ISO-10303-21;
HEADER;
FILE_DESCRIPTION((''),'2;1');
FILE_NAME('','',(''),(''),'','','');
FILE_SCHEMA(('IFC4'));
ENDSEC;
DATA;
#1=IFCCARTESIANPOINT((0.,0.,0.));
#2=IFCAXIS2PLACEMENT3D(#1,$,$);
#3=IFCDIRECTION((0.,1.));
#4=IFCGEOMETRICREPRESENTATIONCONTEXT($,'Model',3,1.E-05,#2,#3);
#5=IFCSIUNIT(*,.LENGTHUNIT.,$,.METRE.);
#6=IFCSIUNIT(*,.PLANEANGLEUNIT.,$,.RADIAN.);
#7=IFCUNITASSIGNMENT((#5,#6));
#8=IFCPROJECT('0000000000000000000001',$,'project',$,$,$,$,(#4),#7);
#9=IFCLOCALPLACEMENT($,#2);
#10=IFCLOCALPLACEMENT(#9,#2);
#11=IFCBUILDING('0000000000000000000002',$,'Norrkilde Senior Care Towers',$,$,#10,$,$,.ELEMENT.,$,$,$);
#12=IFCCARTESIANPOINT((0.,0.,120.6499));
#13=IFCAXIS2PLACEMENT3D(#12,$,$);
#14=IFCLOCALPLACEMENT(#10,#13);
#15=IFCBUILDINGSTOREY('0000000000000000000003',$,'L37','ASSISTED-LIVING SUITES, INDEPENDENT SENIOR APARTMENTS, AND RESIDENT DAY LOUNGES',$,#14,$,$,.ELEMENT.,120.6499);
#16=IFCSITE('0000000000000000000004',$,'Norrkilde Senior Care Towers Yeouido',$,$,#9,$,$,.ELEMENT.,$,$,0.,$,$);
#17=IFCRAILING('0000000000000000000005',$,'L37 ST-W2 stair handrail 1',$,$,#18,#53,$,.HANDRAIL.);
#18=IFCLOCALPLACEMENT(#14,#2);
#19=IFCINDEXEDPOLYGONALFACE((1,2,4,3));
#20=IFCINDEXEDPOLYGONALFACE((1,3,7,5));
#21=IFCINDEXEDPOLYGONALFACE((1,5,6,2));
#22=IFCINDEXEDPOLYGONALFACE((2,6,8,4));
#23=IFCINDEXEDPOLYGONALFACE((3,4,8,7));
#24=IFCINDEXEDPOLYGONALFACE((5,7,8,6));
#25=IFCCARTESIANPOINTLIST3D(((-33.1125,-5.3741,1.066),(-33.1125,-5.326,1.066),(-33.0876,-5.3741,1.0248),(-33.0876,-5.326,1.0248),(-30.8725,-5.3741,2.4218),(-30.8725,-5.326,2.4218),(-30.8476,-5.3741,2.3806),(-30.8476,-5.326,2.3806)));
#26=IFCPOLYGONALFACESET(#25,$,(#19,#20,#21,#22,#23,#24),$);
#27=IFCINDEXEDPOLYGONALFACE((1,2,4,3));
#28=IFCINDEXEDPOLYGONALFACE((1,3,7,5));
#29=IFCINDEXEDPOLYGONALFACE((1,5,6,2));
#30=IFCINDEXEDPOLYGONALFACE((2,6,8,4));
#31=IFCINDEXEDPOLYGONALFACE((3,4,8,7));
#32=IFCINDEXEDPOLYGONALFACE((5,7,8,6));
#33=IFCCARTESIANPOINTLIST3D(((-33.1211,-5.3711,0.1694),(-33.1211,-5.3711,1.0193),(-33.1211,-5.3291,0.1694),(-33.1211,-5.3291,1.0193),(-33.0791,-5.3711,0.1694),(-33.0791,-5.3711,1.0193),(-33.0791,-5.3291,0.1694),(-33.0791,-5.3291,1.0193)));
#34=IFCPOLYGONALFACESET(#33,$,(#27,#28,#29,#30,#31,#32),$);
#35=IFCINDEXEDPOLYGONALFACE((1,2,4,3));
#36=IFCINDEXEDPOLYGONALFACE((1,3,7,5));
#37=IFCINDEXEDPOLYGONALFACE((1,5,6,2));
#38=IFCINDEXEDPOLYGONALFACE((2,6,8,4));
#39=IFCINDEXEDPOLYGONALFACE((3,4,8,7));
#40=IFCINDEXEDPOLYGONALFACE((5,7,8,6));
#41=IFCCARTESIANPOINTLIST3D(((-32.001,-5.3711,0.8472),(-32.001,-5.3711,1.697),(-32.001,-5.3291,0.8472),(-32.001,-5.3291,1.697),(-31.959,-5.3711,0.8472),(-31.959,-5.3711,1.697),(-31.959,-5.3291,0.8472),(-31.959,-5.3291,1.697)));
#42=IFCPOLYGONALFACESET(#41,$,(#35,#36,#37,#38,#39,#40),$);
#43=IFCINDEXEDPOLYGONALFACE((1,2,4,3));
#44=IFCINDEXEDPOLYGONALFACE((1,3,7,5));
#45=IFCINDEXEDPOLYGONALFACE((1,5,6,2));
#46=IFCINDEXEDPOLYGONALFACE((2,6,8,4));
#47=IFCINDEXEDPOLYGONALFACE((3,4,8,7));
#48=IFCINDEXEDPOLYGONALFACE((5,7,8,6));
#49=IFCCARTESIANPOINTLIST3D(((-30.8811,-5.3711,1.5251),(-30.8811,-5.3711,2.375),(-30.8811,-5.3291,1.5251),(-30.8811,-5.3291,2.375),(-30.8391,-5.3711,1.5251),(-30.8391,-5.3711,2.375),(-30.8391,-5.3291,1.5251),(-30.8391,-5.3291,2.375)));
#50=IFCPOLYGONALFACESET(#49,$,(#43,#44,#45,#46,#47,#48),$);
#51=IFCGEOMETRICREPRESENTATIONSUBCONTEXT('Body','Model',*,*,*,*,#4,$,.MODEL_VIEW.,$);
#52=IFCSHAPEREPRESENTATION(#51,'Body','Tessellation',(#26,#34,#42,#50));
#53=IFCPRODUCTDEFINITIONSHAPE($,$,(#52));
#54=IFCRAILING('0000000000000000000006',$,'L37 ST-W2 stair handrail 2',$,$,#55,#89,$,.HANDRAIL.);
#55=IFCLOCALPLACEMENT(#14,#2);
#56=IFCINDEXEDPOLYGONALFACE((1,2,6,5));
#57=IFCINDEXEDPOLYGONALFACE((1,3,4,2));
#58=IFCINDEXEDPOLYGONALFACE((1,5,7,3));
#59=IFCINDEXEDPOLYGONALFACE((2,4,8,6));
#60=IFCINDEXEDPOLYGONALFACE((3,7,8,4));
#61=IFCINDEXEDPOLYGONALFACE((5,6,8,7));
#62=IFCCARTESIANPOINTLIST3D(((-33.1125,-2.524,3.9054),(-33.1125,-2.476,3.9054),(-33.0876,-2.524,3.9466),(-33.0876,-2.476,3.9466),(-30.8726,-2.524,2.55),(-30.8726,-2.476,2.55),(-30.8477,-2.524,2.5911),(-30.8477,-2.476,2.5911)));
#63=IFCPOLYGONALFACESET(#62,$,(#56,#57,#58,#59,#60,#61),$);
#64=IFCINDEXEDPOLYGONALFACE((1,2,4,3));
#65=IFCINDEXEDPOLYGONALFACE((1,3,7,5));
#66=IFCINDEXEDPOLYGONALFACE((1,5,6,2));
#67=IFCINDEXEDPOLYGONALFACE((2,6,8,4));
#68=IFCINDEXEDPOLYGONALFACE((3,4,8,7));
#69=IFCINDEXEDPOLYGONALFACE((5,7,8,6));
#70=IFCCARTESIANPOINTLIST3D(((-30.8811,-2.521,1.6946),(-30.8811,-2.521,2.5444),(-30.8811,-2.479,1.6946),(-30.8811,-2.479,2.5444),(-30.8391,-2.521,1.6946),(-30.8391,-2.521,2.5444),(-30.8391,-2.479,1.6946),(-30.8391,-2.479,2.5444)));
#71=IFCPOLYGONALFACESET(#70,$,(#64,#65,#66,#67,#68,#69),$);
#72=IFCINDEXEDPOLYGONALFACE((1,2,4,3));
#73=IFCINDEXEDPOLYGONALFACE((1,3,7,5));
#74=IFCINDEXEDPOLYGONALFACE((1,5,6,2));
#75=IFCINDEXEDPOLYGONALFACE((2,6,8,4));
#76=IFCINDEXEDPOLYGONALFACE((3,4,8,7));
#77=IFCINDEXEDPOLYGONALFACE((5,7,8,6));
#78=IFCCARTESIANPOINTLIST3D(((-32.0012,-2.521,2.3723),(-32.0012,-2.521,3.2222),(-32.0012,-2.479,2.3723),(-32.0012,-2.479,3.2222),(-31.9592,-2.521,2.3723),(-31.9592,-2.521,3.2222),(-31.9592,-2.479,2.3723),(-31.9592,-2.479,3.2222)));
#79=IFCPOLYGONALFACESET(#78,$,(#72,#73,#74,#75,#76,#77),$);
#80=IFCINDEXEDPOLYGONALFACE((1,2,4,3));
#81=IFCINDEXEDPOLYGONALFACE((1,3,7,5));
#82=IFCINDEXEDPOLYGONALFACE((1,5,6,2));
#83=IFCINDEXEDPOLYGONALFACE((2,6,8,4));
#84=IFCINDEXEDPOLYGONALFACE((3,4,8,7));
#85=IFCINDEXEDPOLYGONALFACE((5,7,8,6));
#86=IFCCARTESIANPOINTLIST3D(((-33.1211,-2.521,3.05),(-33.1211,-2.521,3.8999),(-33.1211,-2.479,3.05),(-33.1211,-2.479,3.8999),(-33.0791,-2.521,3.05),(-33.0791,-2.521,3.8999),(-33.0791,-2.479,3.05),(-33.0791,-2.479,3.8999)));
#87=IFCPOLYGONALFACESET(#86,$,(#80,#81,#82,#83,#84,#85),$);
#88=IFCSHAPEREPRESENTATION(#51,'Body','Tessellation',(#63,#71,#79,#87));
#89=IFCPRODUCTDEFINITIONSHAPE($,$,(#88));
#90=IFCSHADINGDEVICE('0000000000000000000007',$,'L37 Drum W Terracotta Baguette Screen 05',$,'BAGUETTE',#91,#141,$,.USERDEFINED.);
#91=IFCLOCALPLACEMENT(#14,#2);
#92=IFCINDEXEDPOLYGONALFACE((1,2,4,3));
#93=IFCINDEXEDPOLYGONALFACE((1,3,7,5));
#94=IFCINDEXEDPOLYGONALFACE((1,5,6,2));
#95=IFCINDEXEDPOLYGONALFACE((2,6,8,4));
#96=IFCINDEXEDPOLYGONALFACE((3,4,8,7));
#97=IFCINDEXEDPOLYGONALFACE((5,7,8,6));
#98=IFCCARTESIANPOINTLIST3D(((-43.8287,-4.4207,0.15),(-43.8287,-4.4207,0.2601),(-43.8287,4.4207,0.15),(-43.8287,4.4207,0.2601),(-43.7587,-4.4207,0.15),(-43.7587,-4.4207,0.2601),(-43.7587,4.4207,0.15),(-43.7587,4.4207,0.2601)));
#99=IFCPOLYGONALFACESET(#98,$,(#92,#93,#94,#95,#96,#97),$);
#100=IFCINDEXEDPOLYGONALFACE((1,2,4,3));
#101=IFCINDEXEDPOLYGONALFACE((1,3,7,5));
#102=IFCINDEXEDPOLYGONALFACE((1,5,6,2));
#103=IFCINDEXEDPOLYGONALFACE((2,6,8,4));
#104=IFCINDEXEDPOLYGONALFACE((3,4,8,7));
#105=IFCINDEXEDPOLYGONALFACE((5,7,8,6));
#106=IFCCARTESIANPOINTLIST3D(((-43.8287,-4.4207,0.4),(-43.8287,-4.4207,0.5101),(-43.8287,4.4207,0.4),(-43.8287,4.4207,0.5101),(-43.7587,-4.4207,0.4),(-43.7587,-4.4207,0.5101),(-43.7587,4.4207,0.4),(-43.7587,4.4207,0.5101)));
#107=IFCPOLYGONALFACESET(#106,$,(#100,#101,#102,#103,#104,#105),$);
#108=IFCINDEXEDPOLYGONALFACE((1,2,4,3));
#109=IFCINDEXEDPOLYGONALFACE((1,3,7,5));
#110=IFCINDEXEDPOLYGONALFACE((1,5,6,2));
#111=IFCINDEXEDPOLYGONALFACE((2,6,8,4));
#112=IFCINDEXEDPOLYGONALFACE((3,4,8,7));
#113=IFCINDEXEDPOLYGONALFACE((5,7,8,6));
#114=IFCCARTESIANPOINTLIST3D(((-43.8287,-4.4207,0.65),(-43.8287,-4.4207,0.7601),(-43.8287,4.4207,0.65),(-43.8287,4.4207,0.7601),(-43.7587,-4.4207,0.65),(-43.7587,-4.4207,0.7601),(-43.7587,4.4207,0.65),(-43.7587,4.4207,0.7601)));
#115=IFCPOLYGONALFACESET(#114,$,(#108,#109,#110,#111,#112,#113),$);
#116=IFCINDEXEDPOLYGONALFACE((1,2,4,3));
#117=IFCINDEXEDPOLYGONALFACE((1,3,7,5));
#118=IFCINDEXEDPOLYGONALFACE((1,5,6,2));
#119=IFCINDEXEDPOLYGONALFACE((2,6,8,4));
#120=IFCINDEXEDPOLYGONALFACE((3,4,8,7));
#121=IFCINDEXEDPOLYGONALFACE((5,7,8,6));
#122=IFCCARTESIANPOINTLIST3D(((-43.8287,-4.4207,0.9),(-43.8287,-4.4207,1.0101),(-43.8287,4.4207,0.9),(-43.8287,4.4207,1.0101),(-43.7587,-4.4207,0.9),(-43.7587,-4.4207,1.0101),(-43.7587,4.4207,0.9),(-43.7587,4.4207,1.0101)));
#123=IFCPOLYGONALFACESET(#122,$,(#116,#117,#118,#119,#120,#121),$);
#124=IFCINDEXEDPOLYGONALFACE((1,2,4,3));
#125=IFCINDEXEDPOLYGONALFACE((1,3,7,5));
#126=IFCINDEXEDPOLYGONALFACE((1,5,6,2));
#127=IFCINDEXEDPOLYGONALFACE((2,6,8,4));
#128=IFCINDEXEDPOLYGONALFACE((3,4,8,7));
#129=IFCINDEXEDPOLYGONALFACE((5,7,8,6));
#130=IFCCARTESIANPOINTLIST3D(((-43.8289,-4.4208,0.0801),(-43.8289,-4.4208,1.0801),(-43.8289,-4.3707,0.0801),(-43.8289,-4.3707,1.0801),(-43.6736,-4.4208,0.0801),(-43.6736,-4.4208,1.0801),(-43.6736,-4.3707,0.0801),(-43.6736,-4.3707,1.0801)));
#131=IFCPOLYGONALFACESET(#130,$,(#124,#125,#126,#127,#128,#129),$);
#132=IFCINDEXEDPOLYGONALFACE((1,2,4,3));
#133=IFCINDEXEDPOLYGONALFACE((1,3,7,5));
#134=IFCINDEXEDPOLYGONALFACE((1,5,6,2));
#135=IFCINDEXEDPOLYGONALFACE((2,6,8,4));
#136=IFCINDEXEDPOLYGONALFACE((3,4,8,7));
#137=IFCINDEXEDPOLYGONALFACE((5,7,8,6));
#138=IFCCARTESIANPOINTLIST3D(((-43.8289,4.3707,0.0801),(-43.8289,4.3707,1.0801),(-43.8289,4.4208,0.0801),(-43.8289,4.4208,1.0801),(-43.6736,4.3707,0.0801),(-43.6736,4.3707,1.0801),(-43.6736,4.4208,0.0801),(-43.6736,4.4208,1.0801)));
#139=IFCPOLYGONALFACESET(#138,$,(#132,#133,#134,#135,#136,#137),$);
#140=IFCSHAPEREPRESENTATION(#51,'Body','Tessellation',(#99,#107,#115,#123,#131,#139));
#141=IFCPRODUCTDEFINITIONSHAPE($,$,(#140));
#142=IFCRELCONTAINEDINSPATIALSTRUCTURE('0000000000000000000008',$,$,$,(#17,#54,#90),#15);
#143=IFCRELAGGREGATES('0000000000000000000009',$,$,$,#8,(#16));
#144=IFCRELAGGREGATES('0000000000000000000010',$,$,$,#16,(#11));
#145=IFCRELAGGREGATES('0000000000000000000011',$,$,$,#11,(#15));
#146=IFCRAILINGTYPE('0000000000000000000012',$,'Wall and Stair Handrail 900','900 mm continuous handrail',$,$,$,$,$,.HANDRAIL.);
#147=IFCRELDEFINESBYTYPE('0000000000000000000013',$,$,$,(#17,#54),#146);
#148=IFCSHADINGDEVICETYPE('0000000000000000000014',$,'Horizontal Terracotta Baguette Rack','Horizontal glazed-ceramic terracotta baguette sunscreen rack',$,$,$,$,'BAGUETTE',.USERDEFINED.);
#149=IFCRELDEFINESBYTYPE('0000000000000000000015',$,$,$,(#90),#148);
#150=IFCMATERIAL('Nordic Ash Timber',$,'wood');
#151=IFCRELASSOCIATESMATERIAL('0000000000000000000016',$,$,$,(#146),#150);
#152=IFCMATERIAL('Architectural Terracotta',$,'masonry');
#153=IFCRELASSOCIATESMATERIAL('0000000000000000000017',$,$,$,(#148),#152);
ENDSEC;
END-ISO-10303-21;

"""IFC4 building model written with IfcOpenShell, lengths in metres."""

from ifc_helpers import new_model, si_unit, direction, frame, origin, origin_2d, place, context, subcontext, project, spatial, rectangle, extrude, source, transform, mapped, material, type_object, type_shapes, element, save


model = new_model("IFC4")

# Units and contexts
model_context = context("Model", 3, precision=1e-05, world=origin(), true_north=direction((0.0, 1.0)))
body_context = subcontext(model_context, "Body", "Model", "MODEL_VIEW")
ifc_project = project(units=[si_unit("LENGTHUNIT", "METRE"), si_unit("PLANEANGLEUNIT", "RADIAN")], contexts=[model_context])

# Site, building, storey
site_placement = place(None, origin())
site = spatial("IfcSite", under=ifc_project, at=site_placement, Name="Norrkilde Senior Care Towers Yeouido", CompositionType="ELEMENT", RefElevation=0.0)
building_placement = place(site_placement, origin())
building = spatial("IfcBuilding", under=site, at=building_placement, Name="Norrkilde Senior Care Towers", CompositionType="ELEMENT")
storey_placement = place(building_placement, frame((0.0, 0.0, 120.6499)))
storey = spatial("IfcBuildingStorey", under=building, at=storey_placement, Name="L37", Description="ASSISTED-LIVING SUITES, INDEPENDENT SENIOR APARTMENTS, AND RESIDENT DAY LOUNGES", CompositionType="ELEMENT", Elevation=120.6499)

# Railings
ifc_material_1 = material(Name="Nordic Ash Timber", Category="wood")
railing_type_1 = type_object("IfcRailingType", Name="Wall and Stair Handrail 900", Description="900 mm continuous handrail", PredefinedType="HANDRAIL", material=ifc_material_1)
railing_1_placement = place(storey_placement, frame((-33.1001, -5.3501, 0.1694)))
element("IfcRailing", 1, at=railing_1_placement, inside=storey, type_object=railing_type_1, Name="L37 ST-W2 stair handrail 1", PredefinedType="HANDRAIL", context=body_context, shape_type="SweptSolid", body=[
    extrude(rectangle(XDim=0.0481, YDim=0.0481, at=origin_2d()), frame((0.0, 0.0, 0.876), z_axis=(0.855512, 0.0, 0.517783), x_axis=(0.0, 1.0, 0.0)), (0.0, 0.0, 1.0), 2.6184),
    extrude(rectangle(XDim=0.042, YDim=0.042, at=origin_2d()), origin(), (0.0, 0.0, 1.0), 0.8499),
    extrude(rectangle(XDim=0.042, YDim=0.042, at=origin_2d()), frame((1.1201, 0.0, 0.6777)), (0.0, 0.0, 1.0), 0.8499),
    extrude(rectangle(XDim=0.042, YDim=0.042, at=origin_2d()), frame((2.24, 0.0, 1.3557)), (0.0, 0.0, 1.0), 0.8499),
])
railing_2_placement = place(storey_placement, frame((-30.8601, -2.5, 1.6946)))
element("IfcRailing", 2, at=railing_2_placement, inside=storey, type_object=railing_type_1, Name="L37 ST-W2 stair handrail 2", PredefinedType="HANDRAIL", context=body_context, shape_type="SweptSolid", body=[
    extrude(rectangle(XDim=0.0481, YDim=0.0481, at=origin_2d()), frame((0.0, 0.0, 0.876), z_axis=(-0.855553, 0.0, 0.517715), x_axis=(0.0, -1.0, 0.0)), (0.0, 0.0, 1.0), 2.6182),
    extrude(rectangle(XDim=0.042, YDim=0.042, at=origin_2d()), origin(), (0.0, 0.0, 1.0), 0.8499),
    extrude(rectangle(XDim=0.042, YDim=0.042, at=origin_2d()), frame((-1.1201, 0.0, 0.6777)), (0.0, 0.0, 1.0), 0.8499),
    extrude(rectangle(XDim=0.042, YDim=0.042, at=origin_2d()), frame((-2.24, 0.0, 1.3555)), (0.0, 0.0, 1.0), 0.8499),
])

# Shading device
ifc_material_2 = material(Name="Architectural Terracotta", Category="masonry")
shading_device_type = type_object("IfcShadingDeviceType", Name="Horizontal Terracotta Baguette Rack", Description="Horizontal glazed-ceramic terracotta baguette sunscreen rack", ElementType="BAGUETTE", PredefinedType="USERDEFINED", material=ifc_material_2)
shared_shape_1 = source(origin(), body_context, "Body", "SweptSolid", [
    extrude(rectangle(XDim=0.0701, YDim=0.1101, at=origin_2d()), frame((0.0, 0.0901, 0.125), z_axis=(1.0, 0.0, 0.0), x_axis=(0.0, 1.0, 0.0)), (0.0, 0.0, 1.0), 8.8413),
    extrude(rectangle(XDim=0.0701, YDim=0.1101, at=origin_2d()), frame((0.0, 0.0901, 0.375), z_axis=(1.0, 0.0, 0.0), x_axis=(0.0, 1.0, 0.0)), (0.0, 0.0, 1.0), 8.8413),
    extrude(rectangle(XDim=0.0701, YDim=0.1101, at=origin_2d()), frame((0.0, 0.0901, 0.625), z_axis=(1.0, 0.0, 0.0), x_axis=(0.0, 1.0, 0.0)), (0.0, 0.0, 1.0), 8.8413),
    extrude(rectangle(XDim=0.0701, YDim=0.1101, at=origin_2d()), frame((0.0, 0.0901, 0.875), z_axis=(1.0, 0.0, 0.0), x_axis=(0.0, 1.0, 0.0)), (0.0, 0.0, 1.0), 8.8413),
    extrude(rectangle(XDim=0.05, YDim=0.1553, at=origin_2d()), frame((0.0249, 0.0476, 0.0)), (0.0, 0.0, 1.0), 1.0),
    extrude(rectangle(XDim=0.05, YDim=0.1553, at=origin_2d()), frame((8.8164, 0.0476, 0.0)), (0.0, 0.0, 1.0), 1.0),
])
type_shapes(shading_device_type, [shared_shape_1])
shading_device_placement = place(storey_placement, frame((-43.7036, -4.4207, 0.0801), z_axis=(0.0, 0.0, 1.0), x_axis=(0.0, 1.0, 0.0)))
element("IfcShadingDevice", 3, at=shading_device_placement, inside=storey, type_object=shading_device_type, Name="L37 Drum W Terracotta Baguette Screen 05", ObjectType="BAGUETTE", PredefinedType="USERDEFINED", context=body_context, shape_type="MappedRepresentation", body=[
    mapped(shared_shape_1, transform((0.0, 0.0, 0.0), x_axis=(1.0, 0.0, 0.0), y_axis=(0.0, 1.0, 0.0), z_axis=(0.0, 0.0, 1.0), scale=1.0)),
])

save(model, "model.ifc")
